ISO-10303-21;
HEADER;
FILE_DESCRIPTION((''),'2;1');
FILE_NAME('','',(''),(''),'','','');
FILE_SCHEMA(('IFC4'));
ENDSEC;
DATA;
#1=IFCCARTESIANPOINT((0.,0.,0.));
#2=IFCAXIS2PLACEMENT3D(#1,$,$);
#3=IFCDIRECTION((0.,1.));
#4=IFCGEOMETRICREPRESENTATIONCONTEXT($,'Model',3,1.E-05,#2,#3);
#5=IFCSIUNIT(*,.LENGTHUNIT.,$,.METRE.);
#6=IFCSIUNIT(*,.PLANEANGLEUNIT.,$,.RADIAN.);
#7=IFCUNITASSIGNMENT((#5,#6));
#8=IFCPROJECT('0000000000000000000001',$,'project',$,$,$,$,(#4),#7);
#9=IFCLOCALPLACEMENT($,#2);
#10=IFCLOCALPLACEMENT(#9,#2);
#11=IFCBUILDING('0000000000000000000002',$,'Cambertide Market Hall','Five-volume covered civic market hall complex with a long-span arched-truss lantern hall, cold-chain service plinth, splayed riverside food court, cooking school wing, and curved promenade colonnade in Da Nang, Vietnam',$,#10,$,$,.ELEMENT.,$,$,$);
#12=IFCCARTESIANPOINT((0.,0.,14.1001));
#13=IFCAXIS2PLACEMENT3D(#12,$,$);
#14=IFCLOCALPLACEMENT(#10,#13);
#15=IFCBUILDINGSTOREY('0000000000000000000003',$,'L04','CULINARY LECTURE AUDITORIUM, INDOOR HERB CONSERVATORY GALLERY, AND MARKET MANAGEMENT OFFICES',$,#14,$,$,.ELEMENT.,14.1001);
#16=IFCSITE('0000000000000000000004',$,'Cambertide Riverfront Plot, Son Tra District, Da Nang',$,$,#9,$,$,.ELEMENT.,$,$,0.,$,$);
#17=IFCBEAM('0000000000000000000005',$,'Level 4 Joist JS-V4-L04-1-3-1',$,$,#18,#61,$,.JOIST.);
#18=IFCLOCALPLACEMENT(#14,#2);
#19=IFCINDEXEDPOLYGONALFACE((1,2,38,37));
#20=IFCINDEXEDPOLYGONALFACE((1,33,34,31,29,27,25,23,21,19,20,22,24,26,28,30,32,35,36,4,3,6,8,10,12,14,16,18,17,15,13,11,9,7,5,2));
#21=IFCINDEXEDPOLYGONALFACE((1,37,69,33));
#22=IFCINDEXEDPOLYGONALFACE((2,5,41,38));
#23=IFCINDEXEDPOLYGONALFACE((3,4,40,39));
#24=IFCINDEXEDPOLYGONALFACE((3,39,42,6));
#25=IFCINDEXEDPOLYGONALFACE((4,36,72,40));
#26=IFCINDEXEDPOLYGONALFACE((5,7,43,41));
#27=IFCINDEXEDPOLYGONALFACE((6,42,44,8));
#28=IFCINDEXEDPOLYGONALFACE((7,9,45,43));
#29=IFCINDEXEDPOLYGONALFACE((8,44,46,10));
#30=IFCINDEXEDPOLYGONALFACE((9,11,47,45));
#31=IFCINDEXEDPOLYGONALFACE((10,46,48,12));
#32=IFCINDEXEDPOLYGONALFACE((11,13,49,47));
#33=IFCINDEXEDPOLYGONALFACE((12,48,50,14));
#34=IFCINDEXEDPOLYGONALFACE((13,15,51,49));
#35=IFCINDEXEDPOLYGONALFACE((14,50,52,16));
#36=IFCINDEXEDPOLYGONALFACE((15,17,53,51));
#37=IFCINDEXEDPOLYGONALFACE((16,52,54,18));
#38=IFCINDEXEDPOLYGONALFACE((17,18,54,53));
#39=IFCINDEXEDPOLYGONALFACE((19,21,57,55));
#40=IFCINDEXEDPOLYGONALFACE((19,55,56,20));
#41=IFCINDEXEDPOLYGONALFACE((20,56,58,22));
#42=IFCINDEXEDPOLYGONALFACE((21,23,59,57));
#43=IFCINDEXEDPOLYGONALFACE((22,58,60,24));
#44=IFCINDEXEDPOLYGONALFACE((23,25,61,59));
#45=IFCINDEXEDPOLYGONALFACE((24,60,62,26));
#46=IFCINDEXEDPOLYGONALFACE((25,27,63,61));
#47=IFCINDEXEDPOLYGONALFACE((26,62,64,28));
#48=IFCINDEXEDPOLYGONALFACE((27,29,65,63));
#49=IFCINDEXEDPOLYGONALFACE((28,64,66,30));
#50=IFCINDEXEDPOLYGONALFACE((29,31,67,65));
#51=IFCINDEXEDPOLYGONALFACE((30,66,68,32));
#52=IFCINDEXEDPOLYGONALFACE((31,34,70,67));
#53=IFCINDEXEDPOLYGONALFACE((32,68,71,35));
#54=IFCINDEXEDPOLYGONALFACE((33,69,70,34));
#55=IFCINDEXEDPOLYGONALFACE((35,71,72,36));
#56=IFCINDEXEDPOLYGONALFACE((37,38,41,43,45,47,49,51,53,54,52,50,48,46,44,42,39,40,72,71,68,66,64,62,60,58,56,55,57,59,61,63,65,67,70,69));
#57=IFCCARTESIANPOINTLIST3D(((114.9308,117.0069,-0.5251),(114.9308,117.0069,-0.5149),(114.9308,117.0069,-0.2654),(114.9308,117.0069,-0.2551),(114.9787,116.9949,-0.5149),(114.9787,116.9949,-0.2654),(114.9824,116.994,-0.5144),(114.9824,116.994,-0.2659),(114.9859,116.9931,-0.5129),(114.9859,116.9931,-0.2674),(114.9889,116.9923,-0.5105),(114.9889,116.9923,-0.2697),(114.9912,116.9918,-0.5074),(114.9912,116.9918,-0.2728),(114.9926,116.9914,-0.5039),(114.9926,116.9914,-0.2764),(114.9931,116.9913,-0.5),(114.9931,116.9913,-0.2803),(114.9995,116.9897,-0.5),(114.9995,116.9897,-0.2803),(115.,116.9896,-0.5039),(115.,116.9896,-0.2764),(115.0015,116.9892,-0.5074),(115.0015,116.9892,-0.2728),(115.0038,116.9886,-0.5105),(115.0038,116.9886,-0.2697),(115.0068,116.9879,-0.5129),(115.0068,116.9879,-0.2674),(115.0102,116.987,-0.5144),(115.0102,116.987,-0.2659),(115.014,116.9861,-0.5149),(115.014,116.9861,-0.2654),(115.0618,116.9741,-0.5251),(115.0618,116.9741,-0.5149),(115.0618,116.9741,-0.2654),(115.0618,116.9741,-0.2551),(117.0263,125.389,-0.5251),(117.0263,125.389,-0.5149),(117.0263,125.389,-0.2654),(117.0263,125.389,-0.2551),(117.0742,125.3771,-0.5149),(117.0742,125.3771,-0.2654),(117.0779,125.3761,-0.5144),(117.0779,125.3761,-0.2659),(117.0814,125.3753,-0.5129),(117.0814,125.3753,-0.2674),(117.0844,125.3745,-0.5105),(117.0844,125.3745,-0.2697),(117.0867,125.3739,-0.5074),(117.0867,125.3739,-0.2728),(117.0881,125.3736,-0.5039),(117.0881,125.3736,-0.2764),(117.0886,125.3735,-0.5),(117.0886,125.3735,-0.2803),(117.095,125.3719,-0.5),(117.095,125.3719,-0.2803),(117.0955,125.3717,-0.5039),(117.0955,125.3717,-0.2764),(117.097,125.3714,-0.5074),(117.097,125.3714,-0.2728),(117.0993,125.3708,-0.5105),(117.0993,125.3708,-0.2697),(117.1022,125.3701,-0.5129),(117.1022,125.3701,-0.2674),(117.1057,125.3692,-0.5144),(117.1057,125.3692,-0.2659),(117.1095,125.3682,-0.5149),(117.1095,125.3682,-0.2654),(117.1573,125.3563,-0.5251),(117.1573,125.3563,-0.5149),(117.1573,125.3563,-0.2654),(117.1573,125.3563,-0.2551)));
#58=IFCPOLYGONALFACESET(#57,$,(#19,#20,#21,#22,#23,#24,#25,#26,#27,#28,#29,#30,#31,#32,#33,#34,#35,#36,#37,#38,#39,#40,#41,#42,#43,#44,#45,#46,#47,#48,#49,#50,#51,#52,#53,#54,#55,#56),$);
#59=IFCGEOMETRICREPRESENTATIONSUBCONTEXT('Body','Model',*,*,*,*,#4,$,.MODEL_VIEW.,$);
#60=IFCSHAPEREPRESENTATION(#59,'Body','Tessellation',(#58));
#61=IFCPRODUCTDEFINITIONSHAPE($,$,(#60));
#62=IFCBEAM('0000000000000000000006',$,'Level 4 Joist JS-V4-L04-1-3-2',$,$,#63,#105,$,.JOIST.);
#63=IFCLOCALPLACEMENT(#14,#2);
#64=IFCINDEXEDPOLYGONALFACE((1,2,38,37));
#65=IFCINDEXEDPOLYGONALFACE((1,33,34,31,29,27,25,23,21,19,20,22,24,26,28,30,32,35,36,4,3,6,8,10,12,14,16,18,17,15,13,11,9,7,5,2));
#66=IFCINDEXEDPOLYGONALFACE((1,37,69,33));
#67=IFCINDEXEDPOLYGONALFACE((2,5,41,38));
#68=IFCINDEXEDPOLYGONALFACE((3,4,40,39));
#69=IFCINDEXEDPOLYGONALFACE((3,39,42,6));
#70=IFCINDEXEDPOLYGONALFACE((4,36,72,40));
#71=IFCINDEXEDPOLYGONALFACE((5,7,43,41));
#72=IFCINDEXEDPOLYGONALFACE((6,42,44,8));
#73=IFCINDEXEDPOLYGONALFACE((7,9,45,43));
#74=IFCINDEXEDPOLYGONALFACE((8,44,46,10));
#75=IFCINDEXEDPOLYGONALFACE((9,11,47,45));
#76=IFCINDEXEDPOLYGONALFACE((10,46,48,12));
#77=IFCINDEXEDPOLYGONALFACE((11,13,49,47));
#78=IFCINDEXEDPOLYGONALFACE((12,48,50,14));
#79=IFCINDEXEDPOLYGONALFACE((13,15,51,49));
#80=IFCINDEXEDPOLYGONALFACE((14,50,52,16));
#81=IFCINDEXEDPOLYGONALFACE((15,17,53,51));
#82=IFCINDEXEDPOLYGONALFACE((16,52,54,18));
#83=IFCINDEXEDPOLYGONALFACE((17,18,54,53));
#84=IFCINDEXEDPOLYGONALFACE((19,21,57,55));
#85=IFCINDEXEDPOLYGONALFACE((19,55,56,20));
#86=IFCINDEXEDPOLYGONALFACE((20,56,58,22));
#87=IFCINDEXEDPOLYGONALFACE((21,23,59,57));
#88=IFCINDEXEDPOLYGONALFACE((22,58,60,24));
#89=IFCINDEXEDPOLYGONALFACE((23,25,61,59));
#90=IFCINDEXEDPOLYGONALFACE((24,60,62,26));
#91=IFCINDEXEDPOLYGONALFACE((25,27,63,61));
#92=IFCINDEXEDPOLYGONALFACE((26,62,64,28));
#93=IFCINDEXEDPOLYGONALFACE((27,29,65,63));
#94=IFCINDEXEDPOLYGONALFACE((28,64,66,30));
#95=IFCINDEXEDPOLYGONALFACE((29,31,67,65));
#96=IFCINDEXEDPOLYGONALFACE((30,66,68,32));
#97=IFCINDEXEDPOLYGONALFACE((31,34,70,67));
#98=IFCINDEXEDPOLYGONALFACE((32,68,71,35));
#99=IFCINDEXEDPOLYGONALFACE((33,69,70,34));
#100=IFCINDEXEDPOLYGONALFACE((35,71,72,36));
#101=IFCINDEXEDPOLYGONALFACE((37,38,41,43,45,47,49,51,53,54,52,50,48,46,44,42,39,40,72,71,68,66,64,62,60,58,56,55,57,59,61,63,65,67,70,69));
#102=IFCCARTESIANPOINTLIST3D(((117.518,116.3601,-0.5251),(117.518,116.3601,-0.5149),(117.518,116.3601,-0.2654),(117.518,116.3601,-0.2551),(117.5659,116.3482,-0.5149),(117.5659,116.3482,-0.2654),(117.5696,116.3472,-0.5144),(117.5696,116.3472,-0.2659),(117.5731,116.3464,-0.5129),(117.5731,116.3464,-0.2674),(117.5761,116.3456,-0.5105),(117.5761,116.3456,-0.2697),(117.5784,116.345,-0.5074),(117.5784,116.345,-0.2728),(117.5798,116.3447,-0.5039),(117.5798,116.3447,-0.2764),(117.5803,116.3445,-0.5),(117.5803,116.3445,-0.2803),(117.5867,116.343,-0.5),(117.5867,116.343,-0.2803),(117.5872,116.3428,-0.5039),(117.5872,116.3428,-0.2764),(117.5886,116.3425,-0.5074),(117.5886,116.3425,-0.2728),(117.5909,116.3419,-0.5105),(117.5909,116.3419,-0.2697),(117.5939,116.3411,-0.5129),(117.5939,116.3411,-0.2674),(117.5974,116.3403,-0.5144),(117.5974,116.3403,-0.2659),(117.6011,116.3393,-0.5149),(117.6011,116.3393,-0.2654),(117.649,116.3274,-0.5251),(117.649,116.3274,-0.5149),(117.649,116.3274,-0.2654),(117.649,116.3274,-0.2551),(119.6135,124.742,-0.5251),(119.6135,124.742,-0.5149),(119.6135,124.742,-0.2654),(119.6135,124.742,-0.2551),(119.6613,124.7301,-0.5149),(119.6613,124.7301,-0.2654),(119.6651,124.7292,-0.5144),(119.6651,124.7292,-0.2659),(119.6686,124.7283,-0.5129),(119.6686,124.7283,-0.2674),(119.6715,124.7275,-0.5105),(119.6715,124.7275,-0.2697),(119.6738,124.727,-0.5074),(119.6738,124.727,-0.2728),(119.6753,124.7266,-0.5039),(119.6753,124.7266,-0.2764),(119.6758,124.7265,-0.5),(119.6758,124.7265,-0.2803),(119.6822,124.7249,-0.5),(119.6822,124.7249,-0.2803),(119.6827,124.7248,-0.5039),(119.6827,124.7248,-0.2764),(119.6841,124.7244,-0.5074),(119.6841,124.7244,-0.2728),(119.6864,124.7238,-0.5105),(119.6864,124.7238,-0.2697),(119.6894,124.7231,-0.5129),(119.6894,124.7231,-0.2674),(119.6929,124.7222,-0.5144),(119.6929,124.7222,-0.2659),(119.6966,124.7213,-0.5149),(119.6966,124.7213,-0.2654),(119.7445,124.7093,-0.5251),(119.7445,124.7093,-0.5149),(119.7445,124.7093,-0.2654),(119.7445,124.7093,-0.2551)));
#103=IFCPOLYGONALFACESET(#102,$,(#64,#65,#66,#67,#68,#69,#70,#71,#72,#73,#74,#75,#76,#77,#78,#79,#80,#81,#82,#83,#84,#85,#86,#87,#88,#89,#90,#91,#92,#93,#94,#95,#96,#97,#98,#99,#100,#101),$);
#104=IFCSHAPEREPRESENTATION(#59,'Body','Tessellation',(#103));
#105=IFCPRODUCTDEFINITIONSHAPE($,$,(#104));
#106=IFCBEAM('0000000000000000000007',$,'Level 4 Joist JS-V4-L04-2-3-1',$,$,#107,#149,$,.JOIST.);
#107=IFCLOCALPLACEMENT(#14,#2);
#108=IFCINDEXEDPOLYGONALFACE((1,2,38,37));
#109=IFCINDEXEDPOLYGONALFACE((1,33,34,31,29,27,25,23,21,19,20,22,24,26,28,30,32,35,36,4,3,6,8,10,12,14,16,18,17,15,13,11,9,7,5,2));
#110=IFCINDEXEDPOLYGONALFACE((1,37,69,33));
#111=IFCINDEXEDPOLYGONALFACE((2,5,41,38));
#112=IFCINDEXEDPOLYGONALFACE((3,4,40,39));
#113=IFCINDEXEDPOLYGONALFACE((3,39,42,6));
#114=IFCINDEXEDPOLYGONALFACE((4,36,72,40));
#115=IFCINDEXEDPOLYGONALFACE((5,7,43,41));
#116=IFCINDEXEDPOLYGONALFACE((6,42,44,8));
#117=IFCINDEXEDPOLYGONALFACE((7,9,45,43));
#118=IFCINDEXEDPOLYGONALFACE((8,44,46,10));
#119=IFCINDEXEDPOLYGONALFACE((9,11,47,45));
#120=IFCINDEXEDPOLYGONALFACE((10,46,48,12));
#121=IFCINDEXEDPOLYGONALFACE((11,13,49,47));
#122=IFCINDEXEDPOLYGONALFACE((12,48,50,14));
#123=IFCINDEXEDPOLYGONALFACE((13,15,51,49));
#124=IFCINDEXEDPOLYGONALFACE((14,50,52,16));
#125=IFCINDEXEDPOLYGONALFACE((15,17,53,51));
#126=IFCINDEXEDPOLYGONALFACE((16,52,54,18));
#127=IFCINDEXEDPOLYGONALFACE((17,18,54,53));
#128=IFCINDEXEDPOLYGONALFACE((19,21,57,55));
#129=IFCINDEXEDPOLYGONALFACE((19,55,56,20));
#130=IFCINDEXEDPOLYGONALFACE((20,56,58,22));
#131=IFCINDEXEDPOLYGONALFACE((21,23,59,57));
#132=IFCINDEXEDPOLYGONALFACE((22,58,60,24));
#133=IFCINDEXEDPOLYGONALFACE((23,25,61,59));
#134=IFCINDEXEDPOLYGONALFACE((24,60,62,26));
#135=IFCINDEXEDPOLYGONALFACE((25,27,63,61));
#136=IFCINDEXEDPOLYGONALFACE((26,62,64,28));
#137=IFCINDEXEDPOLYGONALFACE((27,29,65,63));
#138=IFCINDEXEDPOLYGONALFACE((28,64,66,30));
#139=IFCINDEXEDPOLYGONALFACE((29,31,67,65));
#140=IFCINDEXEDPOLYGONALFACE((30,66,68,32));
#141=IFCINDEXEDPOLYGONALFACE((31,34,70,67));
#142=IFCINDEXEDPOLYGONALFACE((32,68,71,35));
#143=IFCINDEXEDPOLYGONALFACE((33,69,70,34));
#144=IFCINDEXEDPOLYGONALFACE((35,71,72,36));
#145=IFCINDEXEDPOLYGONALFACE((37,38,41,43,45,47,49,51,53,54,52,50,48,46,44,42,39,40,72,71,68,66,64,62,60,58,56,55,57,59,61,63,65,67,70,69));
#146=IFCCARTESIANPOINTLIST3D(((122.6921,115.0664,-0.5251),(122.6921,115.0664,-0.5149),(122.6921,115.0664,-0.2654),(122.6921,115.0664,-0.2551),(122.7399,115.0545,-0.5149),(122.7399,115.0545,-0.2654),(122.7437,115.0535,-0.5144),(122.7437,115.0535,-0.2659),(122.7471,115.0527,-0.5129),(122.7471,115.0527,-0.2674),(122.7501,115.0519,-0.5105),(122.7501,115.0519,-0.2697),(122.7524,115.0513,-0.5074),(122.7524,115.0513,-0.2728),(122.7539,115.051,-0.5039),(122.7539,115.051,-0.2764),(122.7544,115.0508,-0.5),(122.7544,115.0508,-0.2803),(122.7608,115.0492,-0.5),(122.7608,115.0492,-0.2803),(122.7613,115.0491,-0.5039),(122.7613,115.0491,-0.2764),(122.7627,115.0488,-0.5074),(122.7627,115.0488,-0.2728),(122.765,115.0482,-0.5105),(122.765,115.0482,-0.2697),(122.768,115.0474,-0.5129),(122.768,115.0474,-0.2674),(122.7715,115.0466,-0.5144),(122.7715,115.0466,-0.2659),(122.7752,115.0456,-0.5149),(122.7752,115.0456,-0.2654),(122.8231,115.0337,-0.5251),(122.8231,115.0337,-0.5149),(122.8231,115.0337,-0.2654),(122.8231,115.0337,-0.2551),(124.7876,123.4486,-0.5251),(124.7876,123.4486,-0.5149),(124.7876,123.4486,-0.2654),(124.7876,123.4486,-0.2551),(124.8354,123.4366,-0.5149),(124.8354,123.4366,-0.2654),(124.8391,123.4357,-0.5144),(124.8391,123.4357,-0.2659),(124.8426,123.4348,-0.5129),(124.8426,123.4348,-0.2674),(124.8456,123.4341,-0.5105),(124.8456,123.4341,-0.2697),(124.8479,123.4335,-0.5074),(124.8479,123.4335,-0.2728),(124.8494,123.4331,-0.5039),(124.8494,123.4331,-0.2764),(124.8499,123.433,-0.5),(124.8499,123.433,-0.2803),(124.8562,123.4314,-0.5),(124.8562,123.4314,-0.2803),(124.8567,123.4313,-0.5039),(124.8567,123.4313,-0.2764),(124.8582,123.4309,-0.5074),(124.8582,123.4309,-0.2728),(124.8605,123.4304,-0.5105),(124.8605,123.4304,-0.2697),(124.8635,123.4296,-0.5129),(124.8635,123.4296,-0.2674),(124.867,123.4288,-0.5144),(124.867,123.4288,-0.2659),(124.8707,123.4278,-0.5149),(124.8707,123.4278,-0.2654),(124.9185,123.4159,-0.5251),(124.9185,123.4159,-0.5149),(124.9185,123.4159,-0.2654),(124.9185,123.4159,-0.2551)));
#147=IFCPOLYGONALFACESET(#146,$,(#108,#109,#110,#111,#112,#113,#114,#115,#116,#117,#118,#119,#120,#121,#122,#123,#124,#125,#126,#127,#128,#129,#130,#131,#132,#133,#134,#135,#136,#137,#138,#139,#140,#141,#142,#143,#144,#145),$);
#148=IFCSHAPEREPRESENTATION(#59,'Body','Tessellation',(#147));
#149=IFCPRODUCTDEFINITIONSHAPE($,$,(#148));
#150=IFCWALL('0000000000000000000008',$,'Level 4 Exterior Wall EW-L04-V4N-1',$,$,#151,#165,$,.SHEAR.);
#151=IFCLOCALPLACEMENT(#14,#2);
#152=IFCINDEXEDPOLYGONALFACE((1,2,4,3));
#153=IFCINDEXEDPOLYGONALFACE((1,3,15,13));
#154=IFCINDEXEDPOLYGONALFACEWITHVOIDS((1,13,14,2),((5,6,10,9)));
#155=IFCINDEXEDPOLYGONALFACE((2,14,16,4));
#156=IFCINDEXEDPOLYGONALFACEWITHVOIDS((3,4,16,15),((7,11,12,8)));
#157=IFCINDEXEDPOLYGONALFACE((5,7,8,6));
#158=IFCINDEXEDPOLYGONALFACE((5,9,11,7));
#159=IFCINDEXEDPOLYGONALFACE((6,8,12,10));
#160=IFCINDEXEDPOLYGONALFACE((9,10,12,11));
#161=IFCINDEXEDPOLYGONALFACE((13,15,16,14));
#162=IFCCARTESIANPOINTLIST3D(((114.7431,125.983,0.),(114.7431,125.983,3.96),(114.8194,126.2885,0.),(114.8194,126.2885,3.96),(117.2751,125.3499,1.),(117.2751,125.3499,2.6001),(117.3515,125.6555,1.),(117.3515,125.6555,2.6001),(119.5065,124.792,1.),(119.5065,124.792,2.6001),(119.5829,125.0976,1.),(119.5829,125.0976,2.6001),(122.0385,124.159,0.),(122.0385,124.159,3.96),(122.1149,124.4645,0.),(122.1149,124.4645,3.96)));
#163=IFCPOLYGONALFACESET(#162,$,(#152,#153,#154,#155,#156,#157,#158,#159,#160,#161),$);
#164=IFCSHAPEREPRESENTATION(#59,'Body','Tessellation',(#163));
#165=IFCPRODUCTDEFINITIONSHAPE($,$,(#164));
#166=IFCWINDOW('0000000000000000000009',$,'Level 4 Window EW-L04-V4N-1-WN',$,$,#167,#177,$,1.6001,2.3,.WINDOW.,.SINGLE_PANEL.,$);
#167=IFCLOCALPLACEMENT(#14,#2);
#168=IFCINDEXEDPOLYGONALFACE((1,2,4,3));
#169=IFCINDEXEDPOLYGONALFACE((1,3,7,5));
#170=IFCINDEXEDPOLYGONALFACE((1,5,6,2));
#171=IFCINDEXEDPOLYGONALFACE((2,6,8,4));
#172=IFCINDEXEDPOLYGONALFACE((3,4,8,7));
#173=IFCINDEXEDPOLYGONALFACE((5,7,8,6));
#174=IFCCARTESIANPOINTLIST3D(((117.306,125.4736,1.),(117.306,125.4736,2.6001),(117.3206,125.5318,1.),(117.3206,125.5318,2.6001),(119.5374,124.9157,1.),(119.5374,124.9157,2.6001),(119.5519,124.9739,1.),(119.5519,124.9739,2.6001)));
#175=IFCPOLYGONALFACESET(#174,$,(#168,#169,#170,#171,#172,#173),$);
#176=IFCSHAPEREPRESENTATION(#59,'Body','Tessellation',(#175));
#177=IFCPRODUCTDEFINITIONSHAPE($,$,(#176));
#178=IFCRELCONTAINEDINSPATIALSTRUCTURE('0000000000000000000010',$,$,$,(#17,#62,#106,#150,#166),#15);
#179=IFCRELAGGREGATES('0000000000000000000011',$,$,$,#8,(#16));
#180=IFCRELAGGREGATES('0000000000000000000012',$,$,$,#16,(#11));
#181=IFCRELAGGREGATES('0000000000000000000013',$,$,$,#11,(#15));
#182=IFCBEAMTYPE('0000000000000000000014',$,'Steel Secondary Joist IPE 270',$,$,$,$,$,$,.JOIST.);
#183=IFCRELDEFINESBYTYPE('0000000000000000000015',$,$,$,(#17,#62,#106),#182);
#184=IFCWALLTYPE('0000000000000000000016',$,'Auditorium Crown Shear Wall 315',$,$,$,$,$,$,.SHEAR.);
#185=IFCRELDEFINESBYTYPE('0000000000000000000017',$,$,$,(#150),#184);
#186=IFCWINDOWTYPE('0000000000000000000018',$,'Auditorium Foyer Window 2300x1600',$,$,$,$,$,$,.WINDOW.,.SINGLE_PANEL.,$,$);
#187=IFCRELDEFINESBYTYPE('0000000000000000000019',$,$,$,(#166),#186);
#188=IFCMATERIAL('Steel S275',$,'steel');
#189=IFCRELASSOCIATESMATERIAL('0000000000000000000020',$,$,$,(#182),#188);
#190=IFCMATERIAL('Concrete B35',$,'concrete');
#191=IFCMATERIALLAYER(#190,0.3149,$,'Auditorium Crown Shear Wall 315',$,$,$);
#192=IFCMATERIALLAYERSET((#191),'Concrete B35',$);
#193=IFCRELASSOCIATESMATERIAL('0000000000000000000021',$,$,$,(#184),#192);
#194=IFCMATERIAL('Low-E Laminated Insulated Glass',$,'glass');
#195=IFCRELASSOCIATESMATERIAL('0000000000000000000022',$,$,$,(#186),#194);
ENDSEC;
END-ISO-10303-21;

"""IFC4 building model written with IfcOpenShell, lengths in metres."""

from ifc_helpers import new_model, si_unit, direction, frame, frame_2d, origin, origin_2d, place, context, subcontext, project, spatial, rectangle, i_section, extrude, material, layer, layer_set, material_profile, profile_set, type_object, element, fill, save


model = new_model("IFC4")

# Units and contexts
model_context = context("Model", 3, precision=1e-05, world=origin(), true_north=direction((0.0, 1.0)))
body_context = subcontext(model_context, "Body", "Model", "MODEL_VIEW")
ifc_project = project(units=[si_unit("LENGTHUNIT", "METRE"), si_unit("PLANEANGLEUNIT", "RADIAN")], contexts=[model_context])

# Site, building, storey
site_placement = place(None, origin())
site = spatial("IfcSite", under=ifc_project, at=site_placement, Name="Cambertide Riverfront Plot, Son Tra District, Da Nang", CompositionType="ELEMENT", RefElevation=0.0)
building_placement = place(site_placement, origin())
building = spatial("IfcBuilding", under=site, at=building_placement, Name="Cambertide Market Hall", Description="Five-volume covered civic market hall complex with a long-span arched-truss lantern hall, cold-chain service plinth, splayed riverside food court, cooking school wing, and curved promenade colonnade in Da Nang, Vietnam", CompositionType="ELEMENT")
storey_placement = place(building_placement, frame((0.0, 0.0, 14.1001)))
storey = spatial("IfcBuildingStorey", under=building, at=storey_placement, Name="L04", Description="CULINARY LECTURE AUDITORIUM, INDOOR HERB CONSERVATORY GALLERY, AND MARKET MANAGEMENT OFFICES", CompositionType="ELEMENT", Elevation=14.1001)

# Beams
ifc_material_1 = material(Name="Steel S275", Category="steel")
ifc_material_profile_1 = material_profile(ifc_material_1, i_section(OverallWidth=0.135, OverallDepth=0.27, WebThickness=0.0066, FlangeThickness=0.0103, FilletRadius=0.0149, at=origin_2d()), Name="IPE 270")
ifc_profile_set_1 = profile_set([ifc_material_profile_1], Name="Steel S275")
beam_type_1 = type_object("IfcBeamType", Name="Steel Secondary Joist IPE 270", PredefinedType="JOIST", material=ifc_profile_set_1)
beam_1_placement = place(storey_placement, frame((114.9963, 116.9905, -0.3901), z_axis=(0.242529, 0.970144, 0.0), x_axis=(-0.970144, 0.242529, 0.0)))
element("IfcBeam", 1, at=beam_1_placement, inside=storey, type_object=beam_type_1, Name="Level 4 Joist JS-V4-L04-1-3-1", PredefinedType="JOIST", context=body_context, shape_type="SweptSolid", body=[
    extrude(i_section(OverallWidth=0.135, OverallDepth=0.27, WebThickness=0.0066, FlangeThickness=0.0103, FilletRadius=0.0149, at=origin_2d()), origin(), (0.0, 0.0, 1.0), 8.6401),
])
beam_2_placement = place(storey_placement, frame((117.5835, 116.3438, -0.3901), z_axis=(0.242536, 0.970143, 0.0), x_axis=(-0.970143, 0.242536, 0.0)))
element("IfcBeam", 2, at=beam_2_placement, inside=storey, type_object=beam_type_1, Name="Level 4 Joist JS-V4-L04-1-3-2", PredefinedType="JOIST", context=body_context, shape_type="SweptSolid", body=[
    extrude(i_section(OverallWidth=0.135, OverallDepth=0.27, WebThickness=0.0066, FlangeThickness=0.0103, FilletRadius=0.0149, at=origin_2d()), origin(), (0.0, 0.0, 1.0), 8.6399),
])
beam_3_placement = place(storey_placement, frame((122.7576, 115.05, -0.3901), z_axis=(0.242529, 0.970144, 0.0), x_axis=(-0.970144, 0.242529, 0.0)))
element("IfcBeam", 3, at=beam_3_placement, inside=storey, type_object=beam_type_1, Name="Level 4 Joist JS-V4-L04-2-3-1", PredefinedType="JOIST", context=body_context, shape_type="SweptSolid", body=[
    extrude(i_section(OverallWidth=0.135, OverallDepth=0.27, WebThickness=0.0066, FlangeThickness=0.0103, FilletRadius=0.0149, at=origin_2d()), origin(), (0.0, 0.0, 1.0), 8.6401),
])

# Wall, opening, window
ifc_material_2 = material(Name="Concrete B35", Category="concrete")
ifc_layer_1 = layer(ifc_material_2, 0.3149, Name="Auditorium Crown Shear Wall 315")
ifc_layer_set_1 = layer_set([ifc_layer_1], Name="Concrete B35")
wall_type_1 = type_object("IfcWallType", Name="Auditorium Crown Shear Wall 315", PredefinedType="SHEAR", material=ifc_layer_set_1)
wall_1_placement = place(storey_placement, frame((114.7812, 126.1357, 0.0), z_axis=(0.0, 0.0, 1.0), x_axis=(0.970139, -0.242551, 0.0)))
wall_1 = element("IfcWall", 4, at=wall_1_placement, inside=storey, type_object=wall_type_1, Name="Level 4 Exterior Wall EW-L04-V4N-1", PredefinedType="SHEAR", context=body_context, shape_type="SweptSolid", body=[
    extrude(rectangle(XDim=7.52, YDim=0.3149, at=frame_2d((3.76, 0.0))), origin(), (0.0, 0.0, 1.0), 3.96),
])
opening_1_placement = place(wall_1_placement, frame((2.6101, 0.0, 1.0)))
opening_1 = element("IfcOpeningElement", 5, at=opening_1_placement, cuts=wall_1, PredefinedType="OPENING", context=body_context, shape_type="SweptSolid", body=[
    extrude(rectangle(XDim=2.3, YDim=1.6001, at=frame_2d((1.1499, 0.8))), frame((0.0, 0.1675, 0.0), z_axis=(0.0, -1.0, 0.0), x_axis=(1.0, 0.0, 0.0)), (0.0, 0.0, 1.0), 0.335),
])
ifc_material_3 = material(Name="Low-E Laminated Insulated Glass", Category="glass")
window_type_1 = type_object("IfcWindowType", Name="Auditorium Foyer Window 2300x1600", PartitioningType="SINGLE_PANEL", PredefinedType="WINDOW", material=ifc_material_3)
window_1_placement = place(opening_1_placement, origin())
window_1 = element("IfcWindow", 6, at=window_1_placement, inside=storey, type_object=window_type_1, Name="Level 4 Window EW-L04-V4N-1-WN", OverallHeight=1.6001, OverallWidth=2.3, PartitioningType="SINGLE_PANEL", PredefinedType="WINDOW", context=body_context, shape_type="SweptSolid", body=[
    extrude(rectangle(XDim=2.3, YDim=1.6001, at=frame_2d((1.1499, 0.8))), frame((0.0, 0.03, 0.0), z_axis=(0.0, -1.0, 0.0), x_axis=(1.0, 0.0, 0.0)), (0.0, 0.0, 1.0), 0.0601),
])
fill(opening_1, window_1)

save(model, "model.ifc")
